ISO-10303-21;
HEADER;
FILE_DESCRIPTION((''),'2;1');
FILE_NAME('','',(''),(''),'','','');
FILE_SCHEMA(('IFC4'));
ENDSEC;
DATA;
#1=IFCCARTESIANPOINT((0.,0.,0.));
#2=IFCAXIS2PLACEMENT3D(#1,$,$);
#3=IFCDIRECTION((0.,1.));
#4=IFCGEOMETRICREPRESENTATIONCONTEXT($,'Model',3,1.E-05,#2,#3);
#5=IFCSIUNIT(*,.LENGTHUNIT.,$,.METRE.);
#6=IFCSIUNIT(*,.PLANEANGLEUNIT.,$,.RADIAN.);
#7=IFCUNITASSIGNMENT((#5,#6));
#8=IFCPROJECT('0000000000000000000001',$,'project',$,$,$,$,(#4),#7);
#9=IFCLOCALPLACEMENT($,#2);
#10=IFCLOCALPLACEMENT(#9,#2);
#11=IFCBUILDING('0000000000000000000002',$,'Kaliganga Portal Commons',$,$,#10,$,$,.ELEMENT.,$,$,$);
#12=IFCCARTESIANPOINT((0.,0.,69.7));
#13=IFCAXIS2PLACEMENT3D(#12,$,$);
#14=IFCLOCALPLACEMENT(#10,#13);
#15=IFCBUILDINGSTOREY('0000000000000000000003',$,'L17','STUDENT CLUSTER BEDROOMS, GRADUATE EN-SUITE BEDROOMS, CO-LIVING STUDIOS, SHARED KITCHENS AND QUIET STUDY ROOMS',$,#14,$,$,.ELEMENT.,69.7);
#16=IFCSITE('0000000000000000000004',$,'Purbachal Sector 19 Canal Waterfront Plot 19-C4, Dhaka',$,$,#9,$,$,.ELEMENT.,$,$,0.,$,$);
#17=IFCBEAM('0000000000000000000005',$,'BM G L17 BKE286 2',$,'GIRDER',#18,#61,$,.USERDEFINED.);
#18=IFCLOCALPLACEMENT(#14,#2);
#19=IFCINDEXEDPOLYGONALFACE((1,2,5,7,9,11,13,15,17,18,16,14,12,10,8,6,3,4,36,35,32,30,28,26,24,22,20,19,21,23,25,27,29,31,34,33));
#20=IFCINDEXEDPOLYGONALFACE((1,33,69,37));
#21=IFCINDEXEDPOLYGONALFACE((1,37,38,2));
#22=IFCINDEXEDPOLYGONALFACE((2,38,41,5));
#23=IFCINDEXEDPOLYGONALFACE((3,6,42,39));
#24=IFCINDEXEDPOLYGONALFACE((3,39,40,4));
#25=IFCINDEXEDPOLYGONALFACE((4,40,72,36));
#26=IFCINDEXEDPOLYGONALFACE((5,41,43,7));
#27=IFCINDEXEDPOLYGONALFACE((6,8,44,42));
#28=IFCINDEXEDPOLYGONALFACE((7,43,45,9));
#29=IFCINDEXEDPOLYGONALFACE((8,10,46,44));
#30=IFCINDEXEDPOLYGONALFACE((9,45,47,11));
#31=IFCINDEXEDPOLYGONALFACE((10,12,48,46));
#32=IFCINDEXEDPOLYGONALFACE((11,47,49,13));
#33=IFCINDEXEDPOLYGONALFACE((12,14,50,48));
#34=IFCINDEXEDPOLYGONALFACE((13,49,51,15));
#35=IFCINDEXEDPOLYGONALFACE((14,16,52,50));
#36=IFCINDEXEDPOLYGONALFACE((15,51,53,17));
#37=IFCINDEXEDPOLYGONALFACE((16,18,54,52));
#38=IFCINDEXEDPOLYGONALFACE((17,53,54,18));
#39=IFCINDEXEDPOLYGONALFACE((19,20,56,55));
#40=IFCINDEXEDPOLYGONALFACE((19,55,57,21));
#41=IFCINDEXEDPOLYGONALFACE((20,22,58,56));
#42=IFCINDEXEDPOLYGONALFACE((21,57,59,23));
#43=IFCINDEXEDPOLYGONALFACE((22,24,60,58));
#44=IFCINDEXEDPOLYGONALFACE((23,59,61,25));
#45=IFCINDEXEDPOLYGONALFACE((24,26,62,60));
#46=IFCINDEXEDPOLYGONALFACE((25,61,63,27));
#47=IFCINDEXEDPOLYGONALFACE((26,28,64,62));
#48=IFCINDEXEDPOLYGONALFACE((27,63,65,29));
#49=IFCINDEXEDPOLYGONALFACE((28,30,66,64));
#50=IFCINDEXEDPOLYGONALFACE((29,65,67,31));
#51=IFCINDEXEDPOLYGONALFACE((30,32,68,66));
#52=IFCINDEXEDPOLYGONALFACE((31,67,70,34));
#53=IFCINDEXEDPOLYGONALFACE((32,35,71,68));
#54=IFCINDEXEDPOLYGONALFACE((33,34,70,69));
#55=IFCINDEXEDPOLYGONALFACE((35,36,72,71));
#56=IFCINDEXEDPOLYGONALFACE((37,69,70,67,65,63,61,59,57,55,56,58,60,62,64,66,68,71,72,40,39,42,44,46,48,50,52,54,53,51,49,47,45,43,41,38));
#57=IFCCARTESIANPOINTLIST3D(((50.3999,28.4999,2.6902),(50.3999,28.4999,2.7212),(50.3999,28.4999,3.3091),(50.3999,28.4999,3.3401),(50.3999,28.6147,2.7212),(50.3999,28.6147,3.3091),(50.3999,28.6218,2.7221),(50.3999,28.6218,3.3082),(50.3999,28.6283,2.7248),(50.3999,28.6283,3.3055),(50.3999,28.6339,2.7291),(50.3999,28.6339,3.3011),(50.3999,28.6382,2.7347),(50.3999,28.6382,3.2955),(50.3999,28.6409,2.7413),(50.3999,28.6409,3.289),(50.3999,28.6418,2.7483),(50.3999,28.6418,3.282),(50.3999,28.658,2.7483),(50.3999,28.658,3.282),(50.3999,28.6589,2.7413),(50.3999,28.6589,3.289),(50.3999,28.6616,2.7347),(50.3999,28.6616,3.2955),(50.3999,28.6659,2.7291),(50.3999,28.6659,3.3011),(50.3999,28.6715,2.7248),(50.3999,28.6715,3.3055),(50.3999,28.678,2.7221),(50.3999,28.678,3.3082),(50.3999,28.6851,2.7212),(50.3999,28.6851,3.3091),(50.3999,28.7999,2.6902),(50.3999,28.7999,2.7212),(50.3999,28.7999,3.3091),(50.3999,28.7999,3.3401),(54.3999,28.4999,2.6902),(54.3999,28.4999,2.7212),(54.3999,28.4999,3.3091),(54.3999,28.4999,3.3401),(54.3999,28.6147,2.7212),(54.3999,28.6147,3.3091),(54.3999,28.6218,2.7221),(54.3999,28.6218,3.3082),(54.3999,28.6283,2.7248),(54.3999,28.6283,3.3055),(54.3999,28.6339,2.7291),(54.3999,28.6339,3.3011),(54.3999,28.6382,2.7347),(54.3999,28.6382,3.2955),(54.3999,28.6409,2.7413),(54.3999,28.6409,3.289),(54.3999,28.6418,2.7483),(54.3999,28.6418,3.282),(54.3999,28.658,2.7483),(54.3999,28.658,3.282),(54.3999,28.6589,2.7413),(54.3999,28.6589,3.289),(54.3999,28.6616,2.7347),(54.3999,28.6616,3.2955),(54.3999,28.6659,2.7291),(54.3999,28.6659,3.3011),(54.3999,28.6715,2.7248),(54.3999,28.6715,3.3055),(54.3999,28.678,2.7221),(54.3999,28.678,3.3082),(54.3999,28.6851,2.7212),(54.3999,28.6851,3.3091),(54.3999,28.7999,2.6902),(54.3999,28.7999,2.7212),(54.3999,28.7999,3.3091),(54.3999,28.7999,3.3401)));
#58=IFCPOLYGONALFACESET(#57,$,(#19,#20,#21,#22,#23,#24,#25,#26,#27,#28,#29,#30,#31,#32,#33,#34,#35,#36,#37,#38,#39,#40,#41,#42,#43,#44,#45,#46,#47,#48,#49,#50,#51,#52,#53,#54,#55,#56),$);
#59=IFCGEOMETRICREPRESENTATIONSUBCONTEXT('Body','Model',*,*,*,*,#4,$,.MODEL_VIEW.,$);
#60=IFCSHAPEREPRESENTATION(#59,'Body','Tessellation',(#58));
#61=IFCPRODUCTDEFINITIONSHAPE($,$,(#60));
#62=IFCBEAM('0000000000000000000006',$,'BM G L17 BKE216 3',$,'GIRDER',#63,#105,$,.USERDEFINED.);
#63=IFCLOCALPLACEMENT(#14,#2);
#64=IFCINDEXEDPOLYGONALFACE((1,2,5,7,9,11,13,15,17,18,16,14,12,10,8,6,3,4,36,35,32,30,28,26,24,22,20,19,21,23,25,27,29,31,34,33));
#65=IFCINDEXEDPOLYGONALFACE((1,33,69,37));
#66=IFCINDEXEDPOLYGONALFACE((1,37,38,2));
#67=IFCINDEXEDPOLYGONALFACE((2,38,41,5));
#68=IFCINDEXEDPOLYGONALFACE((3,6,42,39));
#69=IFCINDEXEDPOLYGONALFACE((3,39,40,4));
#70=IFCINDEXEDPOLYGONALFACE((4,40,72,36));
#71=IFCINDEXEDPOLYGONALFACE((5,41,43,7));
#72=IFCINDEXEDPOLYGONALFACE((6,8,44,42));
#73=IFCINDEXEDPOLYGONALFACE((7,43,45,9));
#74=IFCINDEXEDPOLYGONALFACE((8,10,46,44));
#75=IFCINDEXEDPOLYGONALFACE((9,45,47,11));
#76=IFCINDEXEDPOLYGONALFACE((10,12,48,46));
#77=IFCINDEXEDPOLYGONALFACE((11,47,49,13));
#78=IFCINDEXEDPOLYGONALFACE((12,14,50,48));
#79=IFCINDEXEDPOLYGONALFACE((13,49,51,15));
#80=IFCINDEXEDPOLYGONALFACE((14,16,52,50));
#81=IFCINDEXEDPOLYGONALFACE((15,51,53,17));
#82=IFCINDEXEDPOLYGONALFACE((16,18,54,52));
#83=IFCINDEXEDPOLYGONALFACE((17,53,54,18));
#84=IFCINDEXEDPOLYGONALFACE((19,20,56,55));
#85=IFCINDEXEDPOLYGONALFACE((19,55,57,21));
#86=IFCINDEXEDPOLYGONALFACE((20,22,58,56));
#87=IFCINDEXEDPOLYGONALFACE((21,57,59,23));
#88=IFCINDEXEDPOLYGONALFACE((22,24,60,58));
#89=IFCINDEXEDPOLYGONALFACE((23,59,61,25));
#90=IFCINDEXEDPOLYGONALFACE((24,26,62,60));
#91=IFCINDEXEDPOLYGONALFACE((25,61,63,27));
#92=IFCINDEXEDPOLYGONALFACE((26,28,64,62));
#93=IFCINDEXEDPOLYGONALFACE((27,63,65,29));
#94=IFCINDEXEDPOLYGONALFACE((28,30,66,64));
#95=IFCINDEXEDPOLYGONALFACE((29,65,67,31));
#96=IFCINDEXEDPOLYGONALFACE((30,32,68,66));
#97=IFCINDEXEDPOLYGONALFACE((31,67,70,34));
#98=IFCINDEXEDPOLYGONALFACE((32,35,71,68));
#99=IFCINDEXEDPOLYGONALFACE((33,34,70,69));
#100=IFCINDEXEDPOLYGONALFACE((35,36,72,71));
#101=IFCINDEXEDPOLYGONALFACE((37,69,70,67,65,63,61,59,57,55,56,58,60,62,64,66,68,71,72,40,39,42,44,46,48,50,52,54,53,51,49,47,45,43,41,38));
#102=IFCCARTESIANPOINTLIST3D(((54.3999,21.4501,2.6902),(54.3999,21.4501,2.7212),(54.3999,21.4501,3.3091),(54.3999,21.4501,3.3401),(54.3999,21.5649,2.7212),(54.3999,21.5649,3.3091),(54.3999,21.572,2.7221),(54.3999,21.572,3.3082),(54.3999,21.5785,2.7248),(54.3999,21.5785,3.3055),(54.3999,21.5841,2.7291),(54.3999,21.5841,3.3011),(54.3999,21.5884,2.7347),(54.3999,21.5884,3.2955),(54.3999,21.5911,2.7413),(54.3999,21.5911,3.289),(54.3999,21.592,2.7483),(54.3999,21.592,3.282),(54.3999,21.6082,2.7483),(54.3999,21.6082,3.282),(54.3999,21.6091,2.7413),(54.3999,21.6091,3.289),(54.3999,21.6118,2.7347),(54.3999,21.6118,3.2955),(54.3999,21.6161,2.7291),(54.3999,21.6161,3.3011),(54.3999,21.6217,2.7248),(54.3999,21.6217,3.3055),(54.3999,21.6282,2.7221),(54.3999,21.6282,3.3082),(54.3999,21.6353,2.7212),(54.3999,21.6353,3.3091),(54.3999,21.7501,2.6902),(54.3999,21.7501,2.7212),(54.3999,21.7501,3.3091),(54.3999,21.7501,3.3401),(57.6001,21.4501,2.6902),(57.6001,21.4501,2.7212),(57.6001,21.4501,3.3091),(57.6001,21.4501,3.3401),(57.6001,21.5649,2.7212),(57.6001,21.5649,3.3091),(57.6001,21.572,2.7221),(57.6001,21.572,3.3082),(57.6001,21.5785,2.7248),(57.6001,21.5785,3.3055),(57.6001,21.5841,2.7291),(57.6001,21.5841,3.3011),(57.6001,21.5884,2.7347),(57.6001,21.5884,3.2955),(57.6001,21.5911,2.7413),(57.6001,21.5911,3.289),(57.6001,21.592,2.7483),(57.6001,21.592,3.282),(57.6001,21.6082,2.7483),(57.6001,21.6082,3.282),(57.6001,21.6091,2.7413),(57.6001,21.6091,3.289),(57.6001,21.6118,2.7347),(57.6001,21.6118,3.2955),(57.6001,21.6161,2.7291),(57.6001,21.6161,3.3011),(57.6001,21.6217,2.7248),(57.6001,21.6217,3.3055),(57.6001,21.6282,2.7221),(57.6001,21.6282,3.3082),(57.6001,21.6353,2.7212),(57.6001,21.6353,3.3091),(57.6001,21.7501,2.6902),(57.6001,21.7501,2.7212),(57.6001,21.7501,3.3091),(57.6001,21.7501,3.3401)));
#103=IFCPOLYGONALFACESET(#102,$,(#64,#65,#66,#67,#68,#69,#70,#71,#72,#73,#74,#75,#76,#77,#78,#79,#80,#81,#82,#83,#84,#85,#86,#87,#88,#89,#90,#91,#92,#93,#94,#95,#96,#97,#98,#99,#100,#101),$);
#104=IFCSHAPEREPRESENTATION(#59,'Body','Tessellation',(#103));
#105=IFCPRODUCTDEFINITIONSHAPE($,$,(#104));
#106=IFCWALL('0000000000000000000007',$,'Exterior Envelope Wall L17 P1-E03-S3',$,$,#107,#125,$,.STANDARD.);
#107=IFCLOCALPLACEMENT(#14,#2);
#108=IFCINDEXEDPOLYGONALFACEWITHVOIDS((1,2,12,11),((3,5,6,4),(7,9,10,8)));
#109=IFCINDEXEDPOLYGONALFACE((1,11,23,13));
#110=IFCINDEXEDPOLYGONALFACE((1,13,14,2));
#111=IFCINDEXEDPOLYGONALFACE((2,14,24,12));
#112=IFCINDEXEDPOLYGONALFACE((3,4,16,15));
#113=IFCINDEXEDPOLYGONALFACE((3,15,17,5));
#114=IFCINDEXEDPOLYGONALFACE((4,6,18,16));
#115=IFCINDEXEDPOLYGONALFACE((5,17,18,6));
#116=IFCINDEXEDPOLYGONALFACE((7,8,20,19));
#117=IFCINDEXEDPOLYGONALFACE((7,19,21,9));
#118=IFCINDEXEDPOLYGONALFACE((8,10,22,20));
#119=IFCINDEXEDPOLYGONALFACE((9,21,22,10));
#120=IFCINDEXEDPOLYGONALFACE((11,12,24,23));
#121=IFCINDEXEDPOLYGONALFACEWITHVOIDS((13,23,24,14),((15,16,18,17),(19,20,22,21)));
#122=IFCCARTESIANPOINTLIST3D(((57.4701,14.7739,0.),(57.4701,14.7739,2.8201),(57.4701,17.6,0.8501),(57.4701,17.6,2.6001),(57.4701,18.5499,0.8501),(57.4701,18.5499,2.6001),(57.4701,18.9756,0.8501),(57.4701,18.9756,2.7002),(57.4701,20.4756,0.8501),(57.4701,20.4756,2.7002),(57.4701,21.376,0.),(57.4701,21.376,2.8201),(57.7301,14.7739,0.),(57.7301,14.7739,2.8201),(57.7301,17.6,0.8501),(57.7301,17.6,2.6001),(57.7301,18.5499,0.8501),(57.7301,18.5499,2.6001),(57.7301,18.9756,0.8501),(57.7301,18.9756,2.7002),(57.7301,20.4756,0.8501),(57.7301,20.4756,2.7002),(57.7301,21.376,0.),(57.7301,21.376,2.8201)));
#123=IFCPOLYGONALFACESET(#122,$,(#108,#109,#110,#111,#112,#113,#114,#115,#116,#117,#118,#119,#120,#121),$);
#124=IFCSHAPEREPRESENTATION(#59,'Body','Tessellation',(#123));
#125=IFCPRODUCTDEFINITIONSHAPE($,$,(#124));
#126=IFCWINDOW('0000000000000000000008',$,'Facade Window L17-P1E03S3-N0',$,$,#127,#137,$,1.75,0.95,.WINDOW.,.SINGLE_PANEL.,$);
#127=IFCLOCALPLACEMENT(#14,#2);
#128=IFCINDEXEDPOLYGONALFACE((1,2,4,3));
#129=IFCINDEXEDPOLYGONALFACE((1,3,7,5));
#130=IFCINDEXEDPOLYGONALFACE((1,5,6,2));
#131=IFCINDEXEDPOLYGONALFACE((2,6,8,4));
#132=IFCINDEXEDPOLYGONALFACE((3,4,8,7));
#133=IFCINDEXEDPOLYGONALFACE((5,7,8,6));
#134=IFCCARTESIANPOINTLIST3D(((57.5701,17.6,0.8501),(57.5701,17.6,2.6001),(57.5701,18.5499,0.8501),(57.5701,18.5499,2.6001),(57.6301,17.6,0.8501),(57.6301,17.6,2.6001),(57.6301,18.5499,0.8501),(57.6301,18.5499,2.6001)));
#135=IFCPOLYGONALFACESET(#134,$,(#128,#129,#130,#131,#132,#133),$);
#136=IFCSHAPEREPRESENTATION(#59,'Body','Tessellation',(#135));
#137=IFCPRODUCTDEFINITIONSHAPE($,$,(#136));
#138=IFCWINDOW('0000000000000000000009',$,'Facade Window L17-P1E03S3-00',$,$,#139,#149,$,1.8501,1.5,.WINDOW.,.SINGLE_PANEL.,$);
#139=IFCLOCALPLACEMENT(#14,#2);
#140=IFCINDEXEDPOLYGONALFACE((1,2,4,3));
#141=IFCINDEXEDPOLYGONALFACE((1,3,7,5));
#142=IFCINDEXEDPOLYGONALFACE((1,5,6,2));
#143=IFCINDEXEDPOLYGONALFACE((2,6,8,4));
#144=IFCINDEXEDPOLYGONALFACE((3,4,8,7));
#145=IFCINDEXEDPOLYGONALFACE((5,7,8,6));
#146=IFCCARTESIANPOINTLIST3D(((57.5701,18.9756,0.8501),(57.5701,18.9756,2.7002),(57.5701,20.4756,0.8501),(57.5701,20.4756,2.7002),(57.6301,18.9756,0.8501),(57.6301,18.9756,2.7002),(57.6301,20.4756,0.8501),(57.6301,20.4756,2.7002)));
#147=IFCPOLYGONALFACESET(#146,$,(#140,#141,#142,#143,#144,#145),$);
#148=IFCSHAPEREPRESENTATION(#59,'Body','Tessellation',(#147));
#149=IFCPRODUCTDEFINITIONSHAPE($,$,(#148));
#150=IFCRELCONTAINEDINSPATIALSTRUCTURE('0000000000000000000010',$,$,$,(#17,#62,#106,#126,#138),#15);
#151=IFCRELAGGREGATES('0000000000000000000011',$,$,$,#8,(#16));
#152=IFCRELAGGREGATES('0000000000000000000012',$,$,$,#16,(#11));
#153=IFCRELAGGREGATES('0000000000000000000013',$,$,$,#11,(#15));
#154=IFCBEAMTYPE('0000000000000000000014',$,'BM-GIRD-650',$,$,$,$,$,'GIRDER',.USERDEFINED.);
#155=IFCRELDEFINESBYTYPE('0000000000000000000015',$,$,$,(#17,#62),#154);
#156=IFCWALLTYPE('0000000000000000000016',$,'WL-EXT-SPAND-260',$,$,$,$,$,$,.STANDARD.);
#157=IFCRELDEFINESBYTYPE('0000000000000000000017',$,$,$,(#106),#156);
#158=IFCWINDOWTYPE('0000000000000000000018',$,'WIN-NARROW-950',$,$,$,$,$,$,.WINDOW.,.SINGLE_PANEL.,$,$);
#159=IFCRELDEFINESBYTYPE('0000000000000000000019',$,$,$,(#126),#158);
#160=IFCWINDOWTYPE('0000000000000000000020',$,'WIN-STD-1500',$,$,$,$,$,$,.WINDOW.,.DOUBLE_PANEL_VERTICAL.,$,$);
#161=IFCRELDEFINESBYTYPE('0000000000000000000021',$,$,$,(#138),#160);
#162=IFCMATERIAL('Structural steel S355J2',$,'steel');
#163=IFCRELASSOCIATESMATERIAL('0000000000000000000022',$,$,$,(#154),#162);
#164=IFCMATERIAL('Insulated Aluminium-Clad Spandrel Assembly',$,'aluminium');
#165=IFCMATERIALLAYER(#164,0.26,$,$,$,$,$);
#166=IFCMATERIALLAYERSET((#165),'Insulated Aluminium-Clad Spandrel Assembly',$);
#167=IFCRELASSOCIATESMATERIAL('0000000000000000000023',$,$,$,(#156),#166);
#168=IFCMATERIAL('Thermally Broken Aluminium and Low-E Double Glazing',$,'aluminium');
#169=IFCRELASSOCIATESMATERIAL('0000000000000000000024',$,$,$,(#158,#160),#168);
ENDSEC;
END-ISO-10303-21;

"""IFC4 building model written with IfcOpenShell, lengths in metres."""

from ifc_helpers import new_model, si_unit, direction, frame, frame_2d, origin, origin_2d, place, context, subcontext, project, spatial, rectangle, i_section, extrude, source, transform, mapped, material, layer, layer_set, material_profile, profile_set, type_object, element, fill, save


model = new_model("IFC4")

# Units and contexts
model_context = context("Model", 3, precision=1e-05, world=origin(), true_north=direction((0.0, 1.0)))
body_context = subcontext(model_context, "Body", "Model", "MODEL_VIEW")
ifc_project = project(units=[si_unit("LENGTHUNIT", "METRE"), si_unit("PLANEANGLEUNIT", "RADIAN")], contexts=[model_context])

# Site, building, storey
site_placement = place(None, origin())
site = spatial("IfcSite", under=ifc_project, at=site_placement, Name="Purbachal Sector 19 Canal Waterfront Plot 19-C4, Dhaka", CompositionType="ELEMENT", RefElevation=0.0)
building_placement = place(site_placement, origin())
building = spatial("IfcBuilding", under=site, at=building_placement, Name="Kaliganga Portal Commons", CompositionType="ELEMENT")
storey_placement = place(building_placement, frame((0.0, 0.0, 69.7)))
storey = spatial("IfcBuildingStorey", under=building, at=storey_placement, Name="L17", Description="STUDENT CLUSTER BEDROOMS, GRADUATE EN-SUITE BEDROOMS, CO-LIVING STUDIOS, SHARED KITCHENS AND QUIET STUDY ROOMS", CompositionType="ELEMENT", Elevation=69.7)

# Beams
ifc_material_1 = material(Name="Structural steel S355J2", Category="steel")
ifc_material_profile_1 = material_profile(ifc_material_1, i_section(OverallWidth=0.3, OverallDepth=0.6499, WebThickness=0.0161, FlangeThickness=0.031, FilletRadius=0.0271, at=origin_2d()), Name="HE 650 B")
ifc_profile_set_1 = profile_set([ifc_material_profile_1], Name="Structural steel S355J2 wide-flange")
beam_type_1 = type_object("IfcBeamType", Name="BM-GIRD-650", ElementType="GIRDER", PredefinedType="USERDEFINED", material=ifc_profile_set_1)
shared_shape_1 = source(origin(), body_context, "Body", "SweptSolid", [
    extrude(i_section(OverallWidth=0.3, OverallDepth=0.6499, WebThickness=0.0161, FlangeThickness=0.031, FilletRadius=0.0271, at=origin_2d()), origin(), (0.0, 0.0, 1.0), 4.0),
])
for number, where, z_axis, x_axis, name in (
    (1, (50.3999, 28.6499, 3.0151), (1.0, 0.0, 0.0), (0.0, 1.0, 0.0), "BM G L17 BKE286 2"),
):
    element("IfcBeam", number, at=place(storey_placement, frame(where, z_axis=z_axis, x_axis=x_axis)), inside=storey, type_object=beam_type_1, Name=name, ObjectType="GIRDER", PredefinedType="USERDEFINED", context=body_context, shape_type="MappedRepresentation", body=[
        mapped(shared_shape_1, transform((0.0, 0.0, 0.0), x_axis=(1.0, 0.0, 0.0), y_axis=(0.0, 1.0, 0.0), z_axis=(0.0, 0.0, 1.0), scale=1.0)),
    ])
shared_shape_2 = source(origin(), body_context, "Body", "SweptSolid", [
    extrude(i_section(OverallWidth=0.3, OverallDepth=0.6499, WebThickness=0.0161, FlangeThickness=0.031, FilletRadius=0.0271, at=origin_2d()), origin(), (0.0, 0.0, 1.0), 3.2002),
])
beam_1_placement = place(storey_placement, frame((54.3999, 21.6001, 3.0151), z_axis=(1.0, 0.0, 0.0), x_axis=(0.0, 1.0, 0.0)))
element("IfcBeam", 2, at=beam_1_placement, inside=storey, type_object=beam_type_1, Name="BM G L17 BKE216 3", ObjectType="GIRDER", PredefinedType="USERDEFINED", context=body_context, shape_type="MappedRepresentation", body=[
    mapped(shared_shape_2, transform((0.0, 0.0, 0.0), x_axis=(1.0, 0.0, 0.0), y_axis=(0.0, 1.0, 0.0), z_axis=(0.0, 0.0, 1.0), scale=1.0)),
])

# Wall, openings, windows
ifc_material_2 = material(Name="Insulated Aluminium-Clad Spandrel Assembly", Category="aluminium")
ifc_layer_1 = layer(ifc_material_2, 0.26)
ifc_layer_set_1 = layer_set([ifc_layer_1], Name="Insulated Aluminium-Clad Spandrel Assembly")
wall_type_1 = type_object("IfcWallType", Name="WL-EXT-SPAND-260", PredefinedType="STANDARD", material=ifc_layer_set_1)
wall_1_placement = place(storey_placement, frame((57.6001, 21.376, 0.0), z_axis=(0.0, 0.0, 1.0), x_axis=(0.0, -1.0, 0.0)))
wall_1 = element("IfcWall", 3, at=wall_1_placement, inside=storey, type_object=wall_type_1, Name="Exterior Envelope Wall L17 P1-E03-S3", PredefinedType="STANDARD", context=body_context, shape_type="SweptSolid", body=[
    extrude(rectangle(XDim=6.6021, YDim=0.26, at=frame_2d((3.301, 0.0))), origin(), (0.0, 0.0, 1.0), 2.8201),
])
opening_1_placement = place(wall_1_placement, frame((0.9004, 0.0, 0.8501)))
opening_1 = element("IfcOpeningElement", 4, at=opening_1_placement, cuts=wall_1, PredefinedType="OPENING", context=body_context, shape_type="SweptSolid", body=[
    extrude(rectangle(XDim=1.5, YDim=1.8501, at=frame_2d((0.75, 0.925))), frame((0.0, 0.1401, 0.0), z_axis=(0.0, -1.0, 0.0), x_axis=(1.0, 0.0, 0.0)), (0.0, 0.0, 1.0), 0.28),
])
opening_2_placement = place(wall_1_placement, frame((2.8259, 0.0, 0.8501)))
opening_2 = element("IfcOpeningElement", 5, at=opening_2_placement, cuts=wall_1, PredefinedType="OPENING", context=body_context, shape_type="SweptSolid", body=[
    extrude(rectangle(XDim=0.95, YDim=1.75, at=frame_2d((0.4751, 0.875))), frame((0.0, 0.1401, 0.0), z_axis=(0.0, -1.0, 0.0), x_axis=(1.0, 0.0, 0.0)), (0.0, 0.0, 1.0), 0.28),
])
ifc_material_3 = material(Name="Thermally Broken Aluminium and Low-E Double Glazing", Category="aluminium")
window_type_1 = type_object("IfcWindowType", Name="WIN-NARROW-950", PartitioningType="SINGLE_PANEL", PredefinedType="WINDOW", material=ifc_material_3)
window_1_placement = place(opening_2_placement, origin())
window_1 = element("IfcWindow", 6, at=window_1_placement, inside=storey, type_object=window_type_1, Name="Facade Window L17-P1E03S3-N0", OverallHeight=1.75, OverallWidth=0.95, PartitioningType="SINGLE_PANEL", PredefinedType="WINDOW", context=body_context, shape_type="SweptSolid", body=[
    extrude(rectangle(XDim=0.95, YDim=1.75, at=frame_2d((0.4751, 0.875))), frame((0.0, 0.03, 0.0), z_axis=(0.0, -1.0, 0.0), x_axis=(1.0, 0.0, 0.0)), (0.0, 0.0, 1.0), 0.0601),
])
fill(opening_2, window_1)
window_type_2 = type_object("IfcWindowType", Name="WIN-STD-1500", PartitioningType="DOUBLE_PANEL_VERTICAL", PredefinedType="WINDOW", material=ifc_material_3)
window_2_placement = place(opening_1_placement, origin())
window_2 = element("IfcWindow", 7, at=window_2_placement, inside=storey, type_object=window_type_2, Name="Facade Window L17-P1E03S3-00", OverallHeight=1.8501, OverallWidth=1.5, PartitioningType="SINGLE_PANEL", PredefinedType="WINDOW", context=body_context, shape_type="SweptSolid", body=[
    extrude(rectangle(XDim=1.5, YDim=1.8501, at=frame_2d((0.75, 0.925))), frame((0.0, 0.03, 0.0), z_axis=(0.0, -1.0, 0.0), x_axis=(1.0, 0.0, 0.0)), (0.0, 0.0, 1.0), 0.0601),
])
fill(opening_1, window_2)

save(model, "model.ifc")
